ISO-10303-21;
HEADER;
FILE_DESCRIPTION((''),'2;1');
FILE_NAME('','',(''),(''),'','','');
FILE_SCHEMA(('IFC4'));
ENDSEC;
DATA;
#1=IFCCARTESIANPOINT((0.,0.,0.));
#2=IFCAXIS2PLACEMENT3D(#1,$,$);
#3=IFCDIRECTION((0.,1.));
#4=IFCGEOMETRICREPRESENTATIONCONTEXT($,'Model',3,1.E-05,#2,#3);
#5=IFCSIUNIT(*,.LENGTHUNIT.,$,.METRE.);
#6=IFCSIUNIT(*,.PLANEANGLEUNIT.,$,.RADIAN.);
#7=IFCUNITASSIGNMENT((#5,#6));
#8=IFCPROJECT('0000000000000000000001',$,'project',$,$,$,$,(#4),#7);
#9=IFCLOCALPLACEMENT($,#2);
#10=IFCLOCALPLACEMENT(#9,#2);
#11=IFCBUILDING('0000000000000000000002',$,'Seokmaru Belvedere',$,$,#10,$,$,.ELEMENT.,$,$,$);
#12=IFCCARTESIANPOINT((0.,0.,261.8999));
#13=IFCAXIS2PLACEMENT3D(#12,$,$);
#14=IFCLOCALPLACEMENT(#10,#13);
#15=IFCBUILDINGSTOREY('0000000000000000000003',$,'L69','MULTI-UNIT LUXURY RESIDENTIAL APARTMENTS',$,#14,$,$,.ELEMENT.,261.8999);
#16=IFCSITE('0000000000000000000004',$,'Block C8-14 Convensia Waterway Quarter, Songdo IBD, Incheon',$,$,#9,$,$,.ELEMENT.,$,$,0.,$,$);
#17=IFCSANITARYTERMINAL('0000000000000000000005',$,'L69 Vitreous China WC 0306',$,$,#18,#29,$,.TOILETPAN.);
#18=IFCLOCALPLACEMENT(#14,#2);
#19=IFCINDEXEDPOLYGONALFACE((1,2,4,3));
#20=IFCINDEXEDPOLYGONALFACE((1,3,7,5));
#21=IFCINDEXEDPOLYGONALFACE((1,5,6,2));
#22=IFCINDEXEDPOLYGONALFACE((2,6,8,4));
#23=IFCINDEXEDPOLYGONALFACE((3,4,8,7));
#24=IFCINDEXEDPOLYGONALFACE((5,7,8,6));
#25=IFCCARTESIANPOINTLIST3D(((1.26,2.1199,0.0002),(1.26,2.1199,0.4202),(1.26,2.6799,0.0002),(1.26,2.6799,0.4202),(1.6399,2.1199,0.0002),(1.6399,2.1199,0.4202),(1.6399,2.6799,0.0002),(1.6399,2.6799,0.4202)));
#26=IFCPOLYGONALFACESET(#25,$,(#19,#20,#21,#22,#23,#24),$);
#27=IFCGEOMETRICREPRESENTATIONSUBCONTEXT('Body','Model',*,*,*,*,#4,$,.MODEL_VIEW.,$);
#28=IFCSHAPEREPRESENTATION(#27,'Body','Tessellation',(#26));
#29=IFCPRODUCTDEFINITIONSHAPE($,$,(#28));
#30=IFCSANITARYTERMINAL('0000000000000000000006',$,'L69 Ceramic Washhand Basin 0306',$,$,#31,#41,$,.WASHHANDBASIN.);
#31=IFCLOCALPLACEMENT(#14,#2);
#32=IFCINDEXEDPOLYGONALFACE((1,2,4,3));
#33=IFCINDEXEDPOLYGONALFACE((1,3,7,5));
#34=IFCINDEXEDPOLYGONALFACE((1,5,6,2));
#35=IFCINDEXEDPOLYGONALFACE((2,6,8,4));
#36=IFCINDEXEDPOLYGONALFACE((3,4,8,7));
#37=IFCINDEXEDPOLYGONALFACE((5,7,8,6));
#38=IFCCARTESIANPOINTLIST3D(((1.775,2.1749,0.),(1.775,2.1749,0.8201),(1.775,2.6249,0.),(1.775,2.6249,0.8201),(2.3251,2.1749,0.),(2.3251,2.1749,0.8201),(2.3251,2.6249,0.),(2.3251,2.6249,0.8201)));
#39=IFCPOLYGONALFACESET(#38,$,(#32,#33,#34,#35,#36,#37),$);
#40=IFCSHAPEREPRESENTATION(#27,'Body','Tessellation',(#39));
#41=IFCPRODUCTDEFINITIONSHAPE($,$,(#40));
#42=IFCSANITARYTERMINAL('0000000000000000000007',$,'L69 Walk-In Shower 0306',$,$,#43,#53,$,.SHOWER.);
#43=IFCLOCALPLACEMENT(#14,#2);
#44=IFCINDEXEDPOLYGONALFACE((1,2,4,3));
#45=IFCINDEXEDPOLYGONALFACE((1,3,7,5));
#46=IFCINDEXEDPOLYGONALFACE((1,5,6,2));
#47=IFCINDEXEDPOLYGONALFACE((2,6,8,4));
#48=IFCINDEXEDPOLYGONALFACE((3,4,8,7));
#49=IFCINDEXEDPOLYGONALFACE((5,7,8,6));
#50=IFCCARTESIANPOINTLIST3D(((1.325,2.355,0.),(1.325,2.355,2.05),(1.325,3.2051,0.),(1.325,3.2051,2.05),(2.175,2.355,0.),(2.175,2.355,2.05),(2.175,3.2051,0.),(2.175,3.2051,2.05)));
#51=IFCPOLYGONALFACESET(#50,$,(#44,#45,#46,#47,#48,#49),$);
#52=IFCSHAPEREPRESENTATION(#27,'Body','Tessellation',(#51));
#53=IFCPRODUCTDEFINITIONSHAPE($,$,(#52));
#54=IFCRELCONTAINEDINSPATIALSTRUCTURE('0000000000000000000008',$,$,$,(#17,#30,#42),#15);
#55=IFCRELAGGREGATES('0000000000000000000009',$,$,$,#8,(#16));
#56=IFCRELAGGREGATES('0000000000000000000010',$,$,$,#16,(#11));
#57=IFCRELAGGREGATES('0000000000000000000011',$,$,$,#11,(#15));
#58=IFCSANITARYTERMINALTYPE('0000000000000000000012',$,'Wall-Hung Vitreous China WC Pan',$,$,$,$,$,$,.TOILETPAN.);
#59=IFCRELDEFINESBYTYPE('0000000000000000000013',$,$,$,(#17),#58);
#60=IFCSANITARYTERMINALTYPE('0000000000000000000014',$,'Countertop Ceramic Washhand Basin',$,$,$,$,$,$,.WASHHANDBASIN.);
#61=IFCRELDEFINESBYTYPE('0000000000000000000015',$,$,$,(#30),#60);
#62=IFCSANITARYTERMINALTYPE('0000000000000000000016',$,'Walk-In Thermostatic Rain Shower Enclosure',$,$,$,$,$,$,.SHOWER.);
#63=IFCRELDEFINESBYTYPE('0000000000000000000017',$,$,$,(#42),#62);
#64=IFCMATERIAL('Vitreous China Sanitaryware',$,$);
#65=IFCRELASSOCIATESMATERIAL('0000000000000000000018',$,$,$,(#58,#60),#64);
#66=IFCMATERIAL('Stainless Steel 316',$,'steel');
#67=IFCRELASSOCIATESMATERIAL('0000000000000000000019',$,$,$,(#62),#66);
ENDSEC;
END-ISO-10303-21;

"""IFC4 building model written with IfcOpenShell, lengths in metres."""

from ifc_helpers import new_model, si_unit, direction, frame, origin, origin_2d, place, context, subcontext, project, spatial, rectangle, extrude, source, transform, mapped, material, type_object, type_shapes, element, save


model = new_model("IFC4")

# Units and contexts
model_context = context("Model", 3, precision=1e-05, world=origin(), true_north=direction((0.0, 1.0)))
body_context = subcontext(model_context, "Body", "Model", "MODEL_VIEW")
ifc_project = project(units=[si_unit("LENGTHUNIT", "METRE"), si_unit("PLANEANGLEUNIT", "RADIAN")], contexts=[model_context])

# Site, building, storey
site_placement = place(None, origin())
site = spatial("IfcSite", under=ifc_project, at=site_placement, Name="Block C8-14 Convensia Waterway Quarter, Songdo IBD, Incheon", CompositionType="ELEMENT", RefElevation=0.0)
building_placement = place(site_placement, origin())
building = spatial("IfcBuilding", under=site, at=building_placement, Name="Seokmaru Belvedere", CompositionType="ELEMENT")
storey_placement = place(building_placement, frame((0.0, 0.0, 261.8999)))
storey = spatial("IfcBuildingStorey", under=building, at=storey_placement, Name="L69", Description="MULTI-UNIT LUXURY RESIDENTIAL APARTMENTS", CompositionType="ELEMENT", Elevation=261.8999)

# Sanitary terminals
ifc_material_1 = material(Name="Vitreous China Sanitaryware")
sanitary_terminal_type_1 = type_object("IfcSanitaryTerminalType", Name="Wall-Hung Vitreous China WC Pan", PredefinedType="TOILETPAN", material=ifc_material_1)
shared_shape_1 = source(origin(), body_context, "Body", "SweptSolid", [
    extrude(rectangle(XDim=0.3799, YDim=0.5601, at=origin_2d()), origin(), (0.0, 0.0, 1.0), 0.4199),
])
type_shapes(sanitary_terminal_type_1, [shared_shape_1])
sanitary_terminal_1_placement = place(storey_placement, frame((1.45, 2.3999, 0.0002), z_axis=(0.0, 0.0, 1.0), x_axis=(1.0, 0.0, 0.0)))
element("IfcSanitaryTerminal", 1, at=sanitary_terminal_1_placement, inside=storey, type_object=sanitary_terminal_type_1, Name="L69 Vitreous China WC 0306", PredefinedType="TOILETPAN", context=body_context, shape_type="MappedRepresentation", body=[
    mapped(shared_shape_1, transform((0.0, 0.0, 0.0), scale=1.0)),
])
sanitary_terminal_type_2 = type_object("IfcSanitaryTerminalType", Name="Countertop Ceramic Washhand Basin", PredefinedType="WASHHANDBASIN", material=ifc_material_1)
shared_shape_2 = source(origin(), body_context, "Body", "SweptSolid", [
    extrude(rectangle(XDim=0.55, YDim=0.45, at=origin_2d()), origin(), (0.0, 0.0, 1.0), 0.8201),
])
type_shapes(sanitary_terminal_type_2, [shared_shape_2])
sanitary_terminal_2_placement = place(storey_placement, frame((2.05, 2.3999, 0.0), z_axis=(0.0, 0.0, 1.0), x_axis=(1.0, 0.0, 0.0)))
element("IfcSanitaryTerminal", 2, at=sanitary_terminal_2_placement, inside=storey, type_object=sanitary_terminal_type_2, Name="L69 Ceramic Washhand Basin 0306", PredefinedType="WASHHANDBASIN", context=body_context, shape_type="MappedRepresentation", body=[
    mapped(shared_shape_2, transform((0.0, 0.0, 0.0), scale=1.0)),
])
ifc_material_2 = material(Name="Stainless Steel 316", Category="steel")
sanitary_terminal_type_3 = type_object("IfcSanitaryTerminalType", Name="Walk-In Thermostatic Rain Shower Enclosure", PredefinedType="SHOWER", material=ifc_material_2)
shared_shape_3 = source(origin(), body_context, "Body", "SweptSolid", [
    extrude(rectangle(XDim=0.8501, YDim=0.8501, at=origin_2d()), origin(), (0.0, 0.0, 1.0), 2.05),
])
type_shapes(sanitary_terminal_type_3, [shared_shape_3])
sanitary_terminal_3_placement = place(storey_placement, frame((1.75, 2.78, 0.0), z_axis=(0.0, 0.0, 1.0), x_axis=(1.0, 0.0, 0.0)))
element("IfcSanitaryTerminal", 3, at=sanitary_terminal_3_placement, inside=storey, type_object=sanitary_terminal_type_3, Name="L69 Walk-In Shower 0306", PredefinedType="SHOWER", context=body_context, shape_type="MappedRepresentation", body=[
    mapped(shared_shape_3, transform((0.0, 0.0, 0.0), scale=1.0)),
])

save(model, "model.ifc")
